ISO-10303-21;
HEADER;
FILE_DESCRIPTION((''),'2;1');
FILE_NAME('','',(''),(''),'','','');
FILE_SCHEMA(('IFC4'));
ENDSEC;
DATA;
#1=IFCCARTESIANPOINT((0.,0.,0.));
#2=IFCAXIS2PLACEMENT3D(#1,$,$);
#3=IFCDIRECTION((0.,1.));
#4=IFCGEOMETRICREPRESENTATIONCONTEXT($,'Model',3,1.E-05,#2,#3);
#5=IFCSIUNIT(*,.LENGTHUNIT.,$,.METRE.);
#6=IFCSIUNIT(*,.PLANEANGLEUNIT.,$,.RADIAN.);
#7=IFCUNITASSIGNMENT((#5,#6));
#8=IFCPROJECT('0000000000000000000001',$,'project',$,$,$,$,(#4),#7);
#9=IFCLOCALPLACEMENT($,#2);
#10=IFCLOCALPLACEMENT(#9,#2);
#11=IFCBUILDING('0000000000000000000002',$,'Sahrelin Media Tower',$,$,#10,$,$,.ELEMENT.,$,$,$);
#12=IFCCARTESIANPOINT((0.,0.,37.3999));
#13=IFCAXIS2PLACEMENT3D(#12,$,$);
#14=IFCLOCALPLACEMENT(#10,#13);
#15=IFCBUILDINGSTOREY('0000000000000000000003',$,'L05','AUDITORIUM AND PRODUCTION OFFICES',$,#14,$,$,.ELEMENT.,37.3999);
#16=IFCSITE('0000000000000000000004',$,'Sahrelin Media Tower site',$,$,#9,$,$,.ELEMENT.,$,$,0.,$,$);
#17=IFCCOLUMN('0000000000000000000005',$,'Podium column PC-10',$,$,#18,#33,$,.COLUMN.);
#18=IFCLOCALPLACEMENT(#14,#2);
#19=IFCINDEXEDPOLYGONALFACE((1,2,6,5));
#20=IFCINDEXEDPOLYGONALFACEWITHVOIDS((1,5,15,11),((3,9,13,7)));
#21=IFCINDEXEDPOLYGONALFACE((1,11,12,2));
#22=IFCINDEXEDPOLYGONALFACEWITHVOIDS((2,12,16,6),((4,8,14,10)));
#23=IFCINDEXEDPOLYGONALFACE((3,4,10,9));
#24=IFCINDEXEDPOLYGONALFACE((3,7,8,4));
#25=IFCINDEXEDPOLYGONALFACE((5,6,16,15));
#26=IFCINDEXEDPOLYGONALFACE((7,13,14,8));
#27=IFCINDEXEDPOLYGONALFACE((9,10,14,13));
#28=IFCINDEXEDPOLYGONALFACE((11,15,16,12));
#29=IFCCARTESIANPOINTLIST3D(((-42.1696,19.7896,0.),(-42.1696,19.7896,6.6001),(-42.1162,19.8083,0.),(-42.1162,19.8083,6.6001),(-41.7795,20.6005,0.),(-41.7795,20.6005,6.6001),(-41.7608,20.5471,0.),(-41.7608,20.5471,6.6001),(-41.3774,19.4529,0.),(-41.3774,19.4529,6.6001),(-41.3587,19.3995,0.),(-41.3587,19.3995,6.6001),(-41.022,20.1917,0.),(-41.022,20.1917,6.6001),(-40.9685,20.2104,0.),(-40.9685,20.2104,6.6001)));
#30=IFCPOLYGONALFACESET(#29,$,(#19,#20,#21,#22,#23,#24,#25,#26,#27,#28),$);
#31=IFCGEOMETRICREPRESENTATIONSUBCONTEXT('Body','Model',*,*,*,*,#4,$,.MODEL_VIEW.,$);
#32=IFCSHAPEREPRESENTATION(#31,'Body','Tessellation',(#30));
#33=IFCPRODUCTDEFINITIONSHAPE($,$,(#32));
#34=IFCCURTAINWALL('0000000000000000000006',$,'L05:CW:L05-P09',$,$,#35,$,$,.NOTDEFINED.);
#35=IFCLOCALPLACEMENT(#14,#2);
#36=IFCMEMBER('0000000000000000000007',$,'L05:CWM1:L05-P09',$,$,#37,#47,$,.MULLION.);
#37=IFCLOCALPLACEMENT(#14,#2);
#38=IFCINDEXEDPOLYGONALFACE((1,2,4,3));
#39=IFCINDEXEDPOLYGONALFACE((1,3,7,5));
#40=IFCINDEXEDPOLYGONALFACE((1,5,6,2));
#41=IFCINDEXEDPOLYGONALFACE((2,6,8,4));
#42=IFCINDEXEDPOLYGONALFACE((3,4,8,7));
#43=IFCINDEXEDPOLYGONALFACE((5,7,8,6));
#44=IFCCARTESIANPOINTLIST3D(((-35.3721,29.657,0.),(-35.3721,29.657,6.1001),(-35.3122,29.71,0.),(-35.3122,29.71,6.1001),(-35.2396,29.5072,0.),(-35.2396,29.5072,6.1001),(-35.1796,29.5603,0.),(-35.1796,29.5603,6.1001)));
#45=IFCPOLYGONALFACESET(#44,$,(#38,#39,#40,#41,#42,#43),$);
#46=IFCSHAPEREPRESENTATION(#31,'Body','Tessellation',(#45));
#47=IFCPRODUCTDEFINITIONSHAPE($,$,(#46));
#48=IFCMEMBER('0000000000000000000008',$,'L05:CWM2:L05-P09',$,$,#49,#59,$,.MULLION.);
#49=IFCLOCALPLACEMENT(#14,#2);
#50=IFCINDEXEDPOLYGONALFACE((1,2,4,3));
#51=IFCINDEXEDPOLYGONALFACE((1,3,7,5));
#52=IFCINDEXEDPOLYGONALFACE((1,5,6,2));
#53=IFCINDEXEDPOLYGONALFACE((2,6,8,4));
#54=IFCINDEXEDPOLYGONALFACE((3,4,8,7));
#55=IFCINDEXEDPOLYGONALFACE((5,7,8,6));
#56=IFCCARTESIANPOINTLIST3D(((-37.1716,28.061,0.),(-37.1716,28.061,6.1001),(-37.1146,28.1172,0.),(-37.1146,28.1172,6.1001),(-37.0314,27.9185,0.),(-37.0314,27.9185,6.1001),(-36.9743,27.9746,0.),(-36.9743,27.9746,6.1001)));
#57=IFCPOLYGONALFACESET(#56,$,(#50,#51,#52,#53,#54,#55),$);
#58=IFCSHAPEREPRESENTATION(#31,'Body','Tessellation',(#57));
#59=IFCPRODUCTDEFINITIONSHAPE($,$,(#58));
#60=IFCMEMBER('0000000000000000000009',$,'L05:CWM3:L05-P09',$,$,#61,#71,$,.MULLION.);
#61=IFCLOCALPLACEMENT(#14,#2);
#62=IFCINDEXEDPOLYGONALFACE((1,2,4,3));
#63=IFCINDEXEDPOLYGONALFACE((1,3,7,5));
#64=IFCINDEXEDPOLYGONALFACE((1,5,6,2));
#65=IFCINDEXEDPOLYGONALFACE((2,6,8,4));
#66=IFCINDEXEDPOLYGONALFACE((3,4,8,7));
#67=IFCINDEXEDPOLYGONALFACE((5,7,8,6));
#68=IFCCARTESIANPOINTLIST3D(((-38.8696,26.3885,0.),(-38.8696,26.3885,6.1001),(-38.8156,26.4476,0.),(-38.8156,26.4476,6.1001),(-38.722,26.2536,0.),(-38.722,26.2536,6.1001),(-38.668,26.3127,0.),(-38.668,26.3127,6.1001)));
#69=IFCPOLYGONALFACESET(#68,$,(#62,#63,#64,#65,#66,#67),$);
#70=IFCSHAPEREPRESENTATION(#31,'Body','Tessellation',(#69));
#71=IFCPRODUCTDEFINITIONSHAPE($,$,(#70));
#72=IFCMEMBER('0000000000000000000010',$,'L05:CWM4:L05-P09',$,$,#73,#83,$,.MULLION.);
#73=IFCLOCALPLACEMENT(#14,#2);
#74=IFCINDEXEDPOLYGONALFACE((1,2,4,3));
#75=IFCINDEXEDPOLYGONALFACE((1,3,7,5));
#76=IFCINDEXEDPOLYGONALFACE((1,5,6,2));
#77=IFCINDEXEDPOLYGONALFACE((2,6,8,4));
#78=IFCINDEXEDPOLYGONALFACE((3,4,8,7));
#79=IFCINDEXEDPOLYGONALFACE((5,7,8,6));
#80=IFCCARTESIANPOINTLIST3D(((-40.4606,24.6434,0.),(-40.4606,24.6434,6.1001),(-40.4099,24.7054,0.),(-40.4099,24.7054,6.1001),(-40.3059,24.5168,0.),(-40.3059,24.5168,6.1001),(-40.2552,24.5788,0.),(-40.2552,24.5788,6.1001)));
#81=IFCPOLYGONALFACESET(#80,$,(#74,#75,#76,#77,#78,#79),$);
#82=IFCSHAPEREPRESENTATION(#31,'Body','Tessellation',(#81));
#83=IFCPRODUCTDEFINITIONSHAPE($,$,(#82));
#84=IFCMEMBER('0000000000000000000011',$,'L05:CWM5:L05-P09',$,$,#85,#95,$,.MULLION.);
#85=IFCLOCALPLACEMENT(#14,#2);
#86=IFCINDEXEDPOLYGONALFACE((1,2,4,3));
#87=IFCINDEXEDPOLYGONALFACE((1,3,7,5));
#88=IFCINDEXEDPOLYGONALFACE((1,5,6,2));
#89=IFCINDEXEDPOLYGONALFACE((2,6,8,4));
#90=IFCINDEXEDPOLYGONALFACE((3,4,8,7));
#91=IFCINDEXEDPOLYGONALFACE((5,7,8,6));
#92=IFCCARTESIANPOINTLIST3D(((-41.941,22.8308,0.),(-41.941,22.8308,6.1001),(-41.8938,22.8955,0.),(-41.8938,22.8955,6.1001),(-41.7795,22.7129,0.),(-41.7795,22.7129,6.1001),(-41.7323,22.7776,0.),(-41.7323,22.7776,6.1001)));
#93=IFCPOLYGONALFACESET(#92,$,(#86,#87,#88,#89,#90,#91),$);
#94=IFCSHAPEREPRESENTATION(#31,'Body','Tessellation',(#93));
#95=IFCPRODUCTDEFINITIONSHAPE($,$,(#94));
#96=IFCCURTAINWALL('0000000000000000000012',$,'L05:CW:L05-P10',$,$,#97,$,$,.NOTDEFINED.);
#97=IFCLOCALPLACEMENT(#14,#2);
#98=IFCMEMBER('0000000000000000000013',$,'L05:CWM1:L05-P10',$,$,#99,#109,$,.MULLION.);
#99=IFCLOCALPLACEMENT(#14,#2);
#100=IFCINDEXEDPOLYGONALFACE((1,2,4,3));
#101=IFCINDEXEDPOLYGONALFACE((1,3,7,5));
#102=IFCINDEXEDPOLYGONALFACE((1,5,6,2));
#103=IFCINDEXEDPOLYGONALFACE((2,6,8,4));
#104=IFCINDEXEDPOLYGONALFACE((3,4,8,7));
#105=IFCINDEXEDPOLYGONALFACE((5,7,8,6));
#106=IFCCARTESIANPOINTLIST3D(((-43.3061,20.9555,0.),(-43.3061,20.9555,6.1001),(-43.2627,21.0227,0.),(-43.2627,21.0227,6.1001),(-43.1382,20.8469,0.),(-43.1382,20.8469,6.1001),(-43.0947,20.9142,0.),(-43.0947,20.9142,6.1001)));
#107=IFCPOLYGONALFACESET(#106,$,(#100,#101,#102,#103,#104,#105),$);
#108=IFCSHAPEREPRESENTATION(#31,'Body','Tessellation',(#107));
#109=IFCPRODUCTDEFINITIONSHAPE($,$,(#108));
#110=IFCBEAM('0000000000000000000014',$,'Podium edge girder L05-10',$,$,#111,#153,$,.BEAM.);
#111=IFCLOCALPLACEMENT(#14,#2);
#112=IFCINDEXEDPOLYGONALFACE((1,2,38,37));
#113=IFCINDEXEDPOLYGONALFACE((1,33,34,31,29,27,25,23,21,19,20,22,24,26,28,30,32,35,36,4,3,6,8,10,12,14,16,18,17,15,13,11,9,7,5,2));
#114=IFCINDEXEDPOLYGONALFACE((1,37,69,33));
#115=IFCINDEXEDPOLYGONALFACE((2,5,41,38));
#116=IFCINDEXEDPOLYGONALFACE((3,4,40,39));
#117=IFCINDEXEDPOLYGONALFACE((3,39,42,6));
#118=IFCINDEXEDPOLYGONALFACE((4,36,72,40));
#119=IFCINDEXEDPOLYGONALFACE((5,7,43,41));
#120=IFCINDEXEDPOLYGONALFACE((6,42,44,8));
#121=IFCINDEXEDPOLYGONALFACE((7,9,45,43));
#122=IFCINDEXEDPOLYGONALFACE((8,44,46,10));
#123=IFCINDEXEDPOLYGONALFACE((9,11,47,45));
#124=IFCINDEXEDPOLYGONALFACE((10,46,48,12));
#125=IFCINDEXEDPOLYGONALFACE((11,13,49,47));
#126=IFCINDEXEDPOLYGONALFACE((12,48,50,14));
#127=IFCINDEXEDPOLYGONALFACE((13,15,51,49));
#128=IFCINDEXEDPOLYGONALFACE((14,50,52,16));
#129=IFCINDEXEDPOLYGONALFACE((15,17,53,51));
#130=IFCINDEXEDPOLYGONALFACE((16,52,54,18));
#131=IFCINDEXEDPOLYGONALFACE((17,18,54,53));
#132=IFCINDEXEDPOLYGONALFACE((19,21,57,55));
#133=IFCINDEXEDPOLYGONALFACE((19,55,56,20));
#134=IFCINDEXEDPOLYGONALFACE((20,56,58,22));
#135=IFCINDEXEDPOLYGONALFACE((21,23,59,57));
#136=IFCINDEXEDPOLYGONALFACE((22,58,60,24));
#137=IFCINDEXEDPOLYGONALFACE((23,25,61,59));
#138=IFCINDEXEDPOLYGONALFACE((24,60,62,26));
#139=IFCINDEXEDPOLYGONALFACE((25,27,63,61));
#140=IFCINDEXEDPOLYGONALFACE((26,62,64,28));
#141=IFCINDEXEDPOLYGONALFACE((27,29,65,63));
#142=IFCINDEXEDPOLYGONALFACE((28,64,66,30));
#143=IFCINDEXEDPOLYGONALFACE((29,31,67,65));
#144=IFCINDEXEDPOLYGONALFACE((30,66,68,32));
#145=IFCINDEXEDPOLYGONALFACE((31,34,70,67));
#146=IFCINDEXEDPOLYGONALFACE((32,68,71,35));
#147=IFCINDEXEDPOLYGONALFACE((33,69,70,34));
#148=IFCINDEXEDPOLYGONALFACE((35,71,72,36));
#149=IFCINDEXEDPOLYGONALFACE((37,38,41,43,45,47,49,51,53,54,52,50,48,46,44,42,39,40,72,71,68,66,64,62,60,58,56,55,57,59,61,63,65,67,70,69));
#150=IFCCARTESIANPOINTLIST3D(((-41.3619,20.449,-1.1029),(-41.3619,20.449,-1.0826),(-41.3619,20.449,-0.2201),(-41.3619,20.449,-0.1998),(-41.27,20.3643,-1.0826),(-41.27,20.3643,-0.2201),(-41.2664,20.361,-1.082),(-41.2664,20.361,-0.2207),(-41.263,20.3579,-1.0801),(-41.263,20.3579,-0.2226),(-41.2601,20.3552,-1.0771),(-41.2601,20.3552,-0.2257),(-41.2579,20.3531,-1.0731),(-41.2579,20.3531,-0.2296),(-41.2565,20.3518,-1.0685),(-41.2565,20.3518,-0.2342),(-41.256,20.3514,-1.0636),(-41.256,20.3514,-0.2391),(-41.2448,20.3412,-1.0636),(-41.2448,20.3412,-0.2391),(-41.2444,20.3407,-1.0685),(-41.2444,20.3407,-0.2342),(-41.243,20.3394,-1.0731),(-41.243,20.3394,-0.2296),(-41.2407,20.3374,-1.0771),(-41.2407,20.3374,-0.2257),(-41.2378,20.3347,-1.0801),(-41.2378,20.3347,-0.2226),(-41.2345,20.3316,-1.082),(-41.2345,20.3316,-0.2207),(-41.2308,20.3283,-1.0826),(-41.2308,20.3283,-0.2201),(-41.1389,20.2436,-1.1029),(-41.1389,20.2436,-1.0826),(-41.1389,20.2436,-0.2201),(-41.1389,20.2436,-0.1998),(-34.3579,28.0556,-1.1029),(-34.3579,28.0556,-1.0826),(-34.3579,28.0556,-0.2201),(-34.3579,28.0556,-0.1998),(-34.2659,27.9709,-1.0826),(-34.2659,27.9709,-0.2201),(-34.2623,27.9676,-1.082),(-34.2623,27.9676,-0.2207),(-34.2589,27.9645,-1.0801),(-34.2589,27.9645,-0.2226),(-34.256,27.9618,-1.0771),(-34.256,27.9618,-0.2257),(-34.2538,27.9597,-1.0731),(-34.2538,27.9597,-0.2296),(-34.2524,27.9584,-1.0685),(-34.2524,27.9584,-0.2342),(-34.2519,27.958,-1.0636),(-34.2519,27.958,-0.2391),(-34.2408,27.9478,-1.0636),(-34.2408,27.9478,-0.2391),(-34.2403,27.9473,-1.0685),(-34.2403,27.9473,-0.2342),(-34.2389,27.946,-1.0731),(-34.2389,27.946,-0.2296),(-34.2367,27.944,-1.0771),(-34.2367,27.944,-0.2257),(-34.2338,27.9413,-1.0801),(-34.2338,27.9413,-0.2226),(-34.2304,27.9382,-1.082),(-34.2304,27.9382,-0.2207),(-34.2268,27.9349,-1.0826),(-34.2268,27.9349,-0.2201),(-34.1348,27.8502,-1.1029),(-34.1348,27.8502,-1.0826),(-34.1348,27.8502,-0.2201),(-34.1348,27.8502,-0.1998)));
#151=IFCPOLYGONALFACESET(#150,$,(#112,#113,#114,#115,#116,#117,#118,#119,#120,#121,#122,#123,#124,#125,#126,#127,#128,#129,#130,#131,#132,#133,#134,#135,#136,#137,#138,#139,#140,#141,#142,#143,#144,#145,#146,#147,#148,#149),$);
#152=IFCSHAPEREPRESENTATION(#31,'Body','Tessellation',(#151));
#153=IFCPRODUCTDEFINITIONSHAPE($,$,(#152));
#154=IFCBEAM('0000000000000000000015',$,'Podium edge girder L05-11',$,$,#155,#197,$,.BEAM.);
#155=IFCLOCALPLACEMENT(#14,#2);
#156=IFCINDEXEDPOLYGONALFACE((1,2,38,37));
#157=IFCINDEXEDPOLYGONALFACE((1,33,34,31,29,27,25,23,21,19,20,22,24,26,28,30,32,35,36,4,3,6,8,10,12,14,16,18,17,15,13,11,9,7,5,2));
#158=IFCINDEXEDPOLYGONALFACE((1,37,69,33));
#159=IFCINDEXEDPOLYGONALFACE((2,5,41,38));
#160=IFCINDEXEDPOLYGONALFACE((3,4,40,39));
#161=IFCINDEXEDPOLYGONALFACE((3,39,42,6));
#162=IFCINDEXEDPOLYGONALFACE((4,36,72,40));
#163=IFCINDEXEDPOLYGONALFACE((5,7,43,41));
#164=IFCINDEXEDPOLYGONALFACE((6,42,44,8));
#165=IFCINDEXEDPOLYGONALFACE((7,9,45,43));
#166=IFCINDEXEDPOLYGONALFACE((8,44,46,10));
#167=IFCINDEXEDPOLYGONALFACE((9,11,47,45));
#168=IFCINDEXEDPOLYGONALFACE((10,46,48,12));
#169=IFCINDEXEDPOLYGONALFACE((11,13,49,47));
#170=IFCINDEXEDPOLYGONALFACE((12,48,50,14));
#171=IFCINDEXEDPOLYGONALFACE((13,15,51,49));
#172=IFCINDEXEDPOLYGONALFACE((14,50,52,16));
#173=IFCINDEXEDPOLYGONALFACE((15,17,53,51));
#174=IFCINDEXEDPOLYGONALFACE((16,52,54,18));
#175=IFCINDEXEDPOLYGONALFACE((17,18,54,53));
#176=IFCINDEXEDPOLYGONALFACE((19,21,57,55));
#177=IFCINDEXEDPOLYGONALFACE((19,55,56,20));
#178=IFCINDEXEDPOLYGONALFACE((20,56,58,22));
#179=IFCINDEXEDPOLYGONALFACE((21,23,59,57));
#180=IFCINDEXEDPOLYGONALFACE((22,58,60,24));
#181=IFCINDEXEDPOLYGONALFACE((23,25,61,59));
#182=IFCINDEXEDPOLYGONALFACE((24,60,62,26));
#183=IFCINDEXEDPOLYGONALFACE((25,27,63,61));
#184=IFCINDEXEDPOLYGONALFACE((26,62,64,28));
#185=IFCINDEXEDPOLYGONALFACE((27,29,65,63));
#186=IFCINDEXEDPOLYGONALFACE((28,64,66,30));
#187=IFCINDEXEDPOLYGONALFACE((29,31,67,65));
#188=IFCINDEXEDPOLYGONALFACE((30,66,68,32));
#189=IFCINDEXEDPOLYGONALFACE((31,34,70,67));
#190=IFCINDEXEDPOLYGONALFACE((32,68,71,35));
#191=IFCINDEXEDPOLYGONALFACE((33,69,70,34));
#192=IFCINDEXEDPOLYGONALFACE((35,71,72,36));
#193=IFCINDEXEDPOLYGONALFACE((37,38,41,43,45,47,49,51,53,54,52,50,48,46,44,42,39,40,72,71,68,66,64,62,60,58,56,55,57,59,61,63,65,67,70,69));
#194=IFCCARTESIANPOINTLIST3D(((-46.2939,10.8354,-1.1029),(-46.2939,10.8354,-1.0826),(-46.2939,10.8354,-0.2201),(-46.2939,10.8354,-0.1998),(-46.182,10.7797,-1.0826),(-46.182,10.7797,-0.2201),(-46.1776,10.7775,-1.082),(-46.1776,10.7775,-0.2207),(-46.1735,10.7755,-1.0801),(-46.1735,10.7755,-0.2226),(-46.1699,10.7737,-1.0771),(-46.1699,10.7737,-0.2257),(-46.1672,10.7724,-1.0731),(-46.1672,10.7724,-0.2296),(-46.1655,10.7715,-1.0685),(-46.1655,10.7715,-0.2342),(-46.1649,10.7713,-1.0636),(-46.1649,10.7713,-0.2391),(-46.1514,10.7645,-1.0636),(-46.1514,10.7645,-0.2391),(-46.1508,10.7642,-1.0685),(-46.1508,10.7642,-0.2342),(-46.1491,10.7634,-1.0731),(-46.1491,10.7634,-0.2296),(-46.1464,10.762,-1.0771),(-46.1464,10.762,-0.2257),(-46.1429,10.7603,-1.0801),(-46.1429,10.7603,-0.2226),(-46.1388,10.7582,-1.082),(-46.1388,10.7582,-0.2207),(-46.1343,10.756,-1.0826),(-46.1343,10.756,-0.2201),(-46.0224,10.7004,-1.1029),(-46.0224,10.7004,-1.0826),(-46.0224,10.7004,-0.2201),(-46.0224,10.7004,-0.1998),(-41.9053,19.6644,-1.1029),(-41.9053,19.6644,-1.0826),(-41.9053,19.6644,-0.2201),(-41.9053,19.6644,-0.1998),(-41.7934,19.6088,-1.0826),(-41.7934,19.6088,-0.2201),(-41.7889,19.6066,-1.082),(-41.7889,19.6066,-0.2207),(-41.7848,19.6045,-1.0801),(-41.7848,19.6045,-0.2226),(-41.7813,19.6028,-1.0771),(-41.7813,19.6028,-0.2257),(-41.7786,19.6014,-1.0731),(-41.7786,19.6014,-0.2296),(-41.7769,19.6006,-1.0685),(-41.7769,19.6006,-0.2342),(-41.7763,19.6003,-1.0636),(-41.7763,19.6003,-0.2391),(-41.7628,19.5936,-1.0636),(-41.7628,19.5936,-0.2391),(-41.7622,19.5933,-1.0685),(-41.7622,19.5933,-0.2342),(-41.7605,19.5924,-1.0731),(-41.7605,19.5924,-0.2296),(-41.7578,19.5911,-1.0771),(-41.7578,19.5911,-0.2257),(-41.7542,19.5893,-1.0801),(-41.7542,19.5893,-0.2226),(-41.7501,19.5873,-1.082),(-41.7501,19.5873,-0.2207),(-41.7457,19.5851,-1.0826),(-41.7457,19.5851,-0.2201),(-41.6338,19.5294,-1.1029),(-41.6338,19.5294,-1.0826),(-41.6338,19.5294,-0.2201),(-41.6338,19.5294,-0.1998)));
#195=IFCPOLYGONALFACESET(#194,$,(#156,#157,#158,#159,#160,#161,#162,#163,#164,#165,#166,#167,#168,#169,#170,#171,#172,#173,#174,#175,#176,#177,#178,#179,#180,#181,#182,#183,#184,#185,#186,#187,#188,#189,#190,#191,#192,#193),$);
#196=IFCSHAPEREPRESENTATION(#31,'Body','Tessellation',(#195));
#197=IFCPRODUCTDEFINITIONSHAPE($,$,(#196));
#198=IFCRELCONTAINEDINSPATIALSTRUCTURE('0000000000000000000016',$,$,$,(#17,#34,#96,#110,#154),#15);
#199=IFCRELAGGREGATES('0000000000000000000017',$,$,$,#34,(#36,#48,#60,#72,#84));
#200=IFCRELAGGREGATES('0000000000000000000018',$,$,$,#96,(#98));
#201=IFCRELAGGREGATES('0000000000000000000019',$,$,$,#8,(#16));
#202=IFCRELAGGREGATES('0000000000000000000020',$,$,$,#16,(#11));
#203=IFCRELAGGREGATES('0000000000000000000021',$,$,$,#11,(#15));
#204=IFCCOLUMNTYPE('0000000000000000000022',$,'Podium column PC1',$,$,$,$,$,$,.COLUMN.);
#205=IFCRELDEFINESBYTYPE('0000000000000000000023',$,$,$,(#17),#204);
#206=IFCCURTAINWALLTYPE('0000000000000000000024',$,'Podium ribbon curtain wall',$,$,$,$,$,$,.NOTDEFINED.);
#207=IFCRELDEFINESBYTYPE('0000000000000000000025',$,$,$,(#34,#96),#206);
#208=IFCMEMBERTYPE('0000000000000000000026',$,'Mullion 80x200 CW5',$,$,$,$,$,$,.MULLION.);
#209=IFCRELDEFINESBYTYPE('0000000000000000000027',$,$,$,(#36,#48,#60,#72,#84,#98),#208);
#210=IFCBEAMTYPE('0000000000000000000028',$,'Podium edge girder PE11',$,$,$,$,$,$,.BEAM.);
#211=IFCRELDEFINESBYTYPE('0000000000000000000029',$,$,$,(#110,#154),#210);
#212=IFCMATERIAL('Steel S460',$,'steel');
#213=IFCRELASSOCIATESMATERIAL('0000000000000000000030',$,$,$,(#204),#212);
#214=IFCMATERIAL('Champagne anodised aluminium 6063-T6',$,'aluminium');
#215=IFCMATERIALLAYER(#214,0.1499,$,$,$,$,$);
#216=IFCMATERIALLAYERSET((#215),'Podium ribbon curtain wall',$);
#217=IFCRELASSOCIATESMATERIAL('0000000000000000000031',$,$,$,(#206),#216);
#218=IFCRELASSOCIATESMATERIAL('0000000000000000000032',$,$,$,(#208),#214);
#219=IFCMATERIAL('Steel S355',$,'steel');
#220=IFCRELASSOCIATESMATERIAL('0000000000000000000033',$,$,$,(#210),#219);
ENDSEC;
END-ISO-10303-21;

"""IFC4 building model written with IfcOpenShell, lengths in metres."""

from ifc_helpers import new_model, si_unit, direction, frame, origin, origin_2d, place, context, subcontext, project, spatial, rectangle, hollow_rectangle, i_section, extrude, material, layer, layer_set, material_profile, profile_set, type_object, element, aggregate, save


model = new_model("IFC4")

# Units and contexts
model_context = context("Model", 3, precision=1e-05, world=origin(), true_north=direction((0.0, 1.0)))
body_context = subcontext(model_context, "Body", "Model", "MODEL_VIEW")
ifc_project = project(units=[si_unit("LENGTHUNIT", "METRE"), si_unit("PLANEANGLEUNIT", "RADIAN")], contexts=[model_context])

# Site, building, storey
site_placement = place(None, origin())
site = spatial("IfcSite", under=ifc_project, at=site_placement, Name="Sahrelin Media Tower site", CompositionType="ELEMENT", RefElevation=0.0)
building_placement = place(site_placement, origin())
building = spatial("IfcBuilding", under=site, at=building_placement, Name="Sahrelin Media Tower", CompositionType="ELEMENT")
storey_placement = place(building_placement, frame((0.0, 0.0, 37.3999)))
storey = spatial("IfcBuildingStorey", under=building, at=storey_placement, Name="L05", Description="AUDITORIUM AND PRODUCTION OFFICES", CompositionType="ELEMENT", Elevation=37.3999)

# Column
ifc_material_1 = material(Name="Steel S460", Category="steel")
ifc_material_profile_1 = material_profile(ifc_material_1, hollow_rectangle(XDim=0.8999, YDim=0.8999, WallThickness=0.04, at=origin_2d()), Name="Podium column PC1")
ifc_profile_set_1 = profile_set([ifc_material_profile_1], Name="Steel S460")
column_type = type_object("IfcColumnType", Name="Podium column PC1", PredefinedType="COLUMN", material=ifc_profile_set_1)
column_placement = place(storey_placement, frame((-41.5691, 20.0, 0.0), z_axis=(0.0, 0.0, 1.0), x_axis=(-0.901127, 0.433555, 0.0)))
element("IfcColumn", 1, at=column_placement, inside=storey, type_object=column_type, Name="Podium column PC-10", PredefinedType="COLUMN", context=body_context, shape_type="SweptSolid", body=[
    extrude(hollow_rectangle(XDim=0.8999, YDim=0.8999, WallThickness=0.04, at=origin_2d()), origin(), (0.0, 0.0, 1.0), 6.6001),
])

# Curtain wall, members
ifc_material_2 = material(Name="Champagne anodised aluminium 6063-T6", Category="aluminium")
ifc_layer_1 = layer(ifc_material_2, 0.1499)
ifc_layer_set_1 = layer_set([ifc_layer_1], Name="Podium ribbon curtain wall")
curtain_wall_type = type_object("IfcCurtainWallType", Name="Podium ribbon curtain wall", PredefinedType="NOTDEFINED", material=ifc_layer_set_1)
curtain_wall_1_placement = place(storey_placement, frame((-35.3552, 29.6985, 0.0), z_axis=(0.0, 0.0, 1.0), x_axis=(1.0, 0.0, 0.0)))
curtain_wall_1 = element("IfcCurtainWall", 2, at=curtain_wall_1_placement, inside=storey, type_object=curtain_wall_type, Name="L05:CW:L05-P09", PredefinedType="NOTDEFINED")
ifc_material_profile_2 = material_profile(ifc_material_2, rectangle(XDim=0.0801, YDim=0.2, at=origin_2d()), Name="Mullion 80x200")
ifc_profile_set_2 = profile_set([ifc_material_profile_2], Name="Champagne anodised aluminium 6063-T6")
member_type_1 = type_object("IfcMemberType", Name="Mullion 80x200 CW5", PredefinedType="MULLION", material=ifc_profile_set_2)
member_1_placement = place(storey_placement, frame((-35.2759, 29.6086, 0.0), z_axis=(0.0, 0.0, 1.0), x_axis=(-0.748788, -0.66281, 0.0)))
member_1 = element("IfcMember", 3, at=member_1_placement, type_object=member_type_1, Name="L05:CWM1:L05-P09", PredefinedType="MULLION", context=body_context, shape_type="SweptSolid", body=[
    extrude(rectangle(XDim=0.0801, YDim=0.2, at=origin_2d()), origin(), (0.0, 0.0, 1.0), 6.1001),
])
member_2_placement = place(storey_placement, frame((-37.073, 28.0178, 0.0), z_axis=(0.0, 0.0, 1.0), x_axis=(-0.712974, -0.701191, 0.0)))
member_2 = element("IfcMember", 4, at=member_2_placement, type_object=member_type_1, Name="L05:CWM2:L05-P09", PredefinedType="MULLION", context=body_context, shape_type="SweptSolid", body=[
    extrude(rectangle(XDim=0.0801, YDim=0.2, at=origin_2d()), origin(), (0.0, 0.0, 1.0), 6.1001),
])
member_3_placement = place(storey_placement, frame((-38.7688, 26.3506, 0.0), z_axis=(0.0, 0.0, 1.0), x_axis=(-0.67443, -0.738339, 0.0)))
member_3 = element("IfcMember", 5, at=member_3_placement, type_object=member_type_1, Name="L05:CWM3:L05-P09", PredefinedType="MULLION", context=body_context, shape_type="SweptSolid", body=[
    extrude(rectangle(XDim=0.0801, YDim=0.2, at=origin_2d()), origin(), (0.0, 0.0, 1.0), 6.1001),
])
member_4_placement = place(storey_placement, frame((-40.3579, 24.6111, 0.0), z_axis=(0.0, 0.0, 1.0), x_axis=(-0.633235, -0.77396, 0.0)))
member_4 = element("IfcMember", 6, at=member_4_placement, type_object=member_type_1, Name="L05:CWM4:L05-P09", PredefinedType="MULLION", context=body_context, shape_type="SweptSolid", body=[
    extrude(rectangle(XDim=0.0801, YDim=0.2, at=origin_2d()), origin(), (0.0, 0.0, 1.0), 6.1001),
])
member_5_placement = place(storey_placement, frame((-41.8367, 22.8042, 0.0), z_axis=(0.0, 0.0, 1.0), x_axis=(-0.589385, -0.807852, 0.0)))
member_5 = element("IfcMember", 7, at=member_5_placement, type_object=member_type_1, Name="L05:CWM5:L05-P09", PredefinedType="MULLION", context=body_context, shape_type="SweptSolid", body=[
    extrude(rectangle(XDim=0.0801, YDim=0.2, at=origin_2d()), origin(), (0.0, 0.0, 1.0), 6.1001),
])

# Curtain wall, member
curtain_wall_2_placement = place(storey_placement, frame((-43.3013, 21.0, 0.0), z_axis=(0.0, 0.0, 1.0), x_axis=(1.0, 0.0, 0.0)))
curtain_wall_2 = element("IfcCurtainWall", 8, at=curtain_wall_2_placement, inside=storey, type_object=curtain_wall_type, Name="L05:CW:L05-P10", PredefinedType="NOTDEFINED")
member_6_placement = place(storey_placement, frame((-43.2004, 20.9348, 0.0), z_axis=(0.0, 0.0, 1.0), x_axis=(-0.54283, -0.839843, 0.0)))
member_6 = element("IfcMember", 9, at=member_6_placement, type_object=member_type_1, Name="L05:CWM1:L05-P10", PredefinedType="MULLION", context=body_context, shape_type="SweptSolid", body=[
    extrude(rectangle(XDim=0.0801, YDim=0.2, at=origin_2d()), origin(), (0.0, 0.0, 1.0), 6.1001),
])

# Beams
ifc_material_3 = material(Name="Steel S355", Category="steel")
ifc_material_profile_3 = material_profile(ifc_material_3, i_section(OverallWidth=0.3032, OverallDepth=0.9031, WebThickness=0.0151, FlangeThickness=0.0203, FilletRadius=0.019, at=origin_2d()), Name="UB 914x305x201")
ifc_profile_set_3 = profile_set([ifc_material_profile_3], Name="Steel S355")
beam_type = type_object("IfcBeamType", Name="Podium edge girder PE11", PredefinedType="BEAM", material=ifc_profile_set_3)
beam_1_placement = place(storey_placement, frame((-34.2463, 27.9529, -0.6514), z_axis=(-0.677371, -0.735642, 0.0), x_axis=(0.735642, -0.677371, 0.0)))
element("IfcBeam", 10, at=beam_1_placement, inside=storey, type_object=beam_type, Name="Podium edge girder L05-10", PredefinedType="BEAM", context=body_context, shape_type="SweptSolid", body=[
    extrude(i_section(OverallWidth=0.3032, OverallDepth=0.9031, WebThickness=0.0151, FlangeThickness=0.0203, FilletRadius=0.019, at=origin_2d()), origin(), (0.0, 0.0, 1.0), 10.3401),
])
beam_2_placement = place(storey_placement, frame((-41.7695, 19.5969, -0.6514), z_axis=(-0.445113, -0.895475, 0.0), x_axis=(0.895475, -0.445113, 0.0)))
element("IfcBeam", 11, at=beam_2_placement, inside=storey, type_object=beam_type, Name="Podium edge girder L05-11", PredefinedType="BEAM", context=body_context, shape_type="SweptSolid", body=[
    extrude(i_section(OverallWidth=0.3032, OverallDepth=0.9031, WebThickness=0.0151, FlangeThickness=0.0203, FilletRadius=0.019, at=origin_2d()), origin(), (0.0, 0.0, 1.0), 9.8596),
])

aggregate(curtain_wall_1, [member_1, member_2, member_3, member_4, member_5])
aggregate(curtain_wall_2, [member_6])

save(model, "model.ifc")
